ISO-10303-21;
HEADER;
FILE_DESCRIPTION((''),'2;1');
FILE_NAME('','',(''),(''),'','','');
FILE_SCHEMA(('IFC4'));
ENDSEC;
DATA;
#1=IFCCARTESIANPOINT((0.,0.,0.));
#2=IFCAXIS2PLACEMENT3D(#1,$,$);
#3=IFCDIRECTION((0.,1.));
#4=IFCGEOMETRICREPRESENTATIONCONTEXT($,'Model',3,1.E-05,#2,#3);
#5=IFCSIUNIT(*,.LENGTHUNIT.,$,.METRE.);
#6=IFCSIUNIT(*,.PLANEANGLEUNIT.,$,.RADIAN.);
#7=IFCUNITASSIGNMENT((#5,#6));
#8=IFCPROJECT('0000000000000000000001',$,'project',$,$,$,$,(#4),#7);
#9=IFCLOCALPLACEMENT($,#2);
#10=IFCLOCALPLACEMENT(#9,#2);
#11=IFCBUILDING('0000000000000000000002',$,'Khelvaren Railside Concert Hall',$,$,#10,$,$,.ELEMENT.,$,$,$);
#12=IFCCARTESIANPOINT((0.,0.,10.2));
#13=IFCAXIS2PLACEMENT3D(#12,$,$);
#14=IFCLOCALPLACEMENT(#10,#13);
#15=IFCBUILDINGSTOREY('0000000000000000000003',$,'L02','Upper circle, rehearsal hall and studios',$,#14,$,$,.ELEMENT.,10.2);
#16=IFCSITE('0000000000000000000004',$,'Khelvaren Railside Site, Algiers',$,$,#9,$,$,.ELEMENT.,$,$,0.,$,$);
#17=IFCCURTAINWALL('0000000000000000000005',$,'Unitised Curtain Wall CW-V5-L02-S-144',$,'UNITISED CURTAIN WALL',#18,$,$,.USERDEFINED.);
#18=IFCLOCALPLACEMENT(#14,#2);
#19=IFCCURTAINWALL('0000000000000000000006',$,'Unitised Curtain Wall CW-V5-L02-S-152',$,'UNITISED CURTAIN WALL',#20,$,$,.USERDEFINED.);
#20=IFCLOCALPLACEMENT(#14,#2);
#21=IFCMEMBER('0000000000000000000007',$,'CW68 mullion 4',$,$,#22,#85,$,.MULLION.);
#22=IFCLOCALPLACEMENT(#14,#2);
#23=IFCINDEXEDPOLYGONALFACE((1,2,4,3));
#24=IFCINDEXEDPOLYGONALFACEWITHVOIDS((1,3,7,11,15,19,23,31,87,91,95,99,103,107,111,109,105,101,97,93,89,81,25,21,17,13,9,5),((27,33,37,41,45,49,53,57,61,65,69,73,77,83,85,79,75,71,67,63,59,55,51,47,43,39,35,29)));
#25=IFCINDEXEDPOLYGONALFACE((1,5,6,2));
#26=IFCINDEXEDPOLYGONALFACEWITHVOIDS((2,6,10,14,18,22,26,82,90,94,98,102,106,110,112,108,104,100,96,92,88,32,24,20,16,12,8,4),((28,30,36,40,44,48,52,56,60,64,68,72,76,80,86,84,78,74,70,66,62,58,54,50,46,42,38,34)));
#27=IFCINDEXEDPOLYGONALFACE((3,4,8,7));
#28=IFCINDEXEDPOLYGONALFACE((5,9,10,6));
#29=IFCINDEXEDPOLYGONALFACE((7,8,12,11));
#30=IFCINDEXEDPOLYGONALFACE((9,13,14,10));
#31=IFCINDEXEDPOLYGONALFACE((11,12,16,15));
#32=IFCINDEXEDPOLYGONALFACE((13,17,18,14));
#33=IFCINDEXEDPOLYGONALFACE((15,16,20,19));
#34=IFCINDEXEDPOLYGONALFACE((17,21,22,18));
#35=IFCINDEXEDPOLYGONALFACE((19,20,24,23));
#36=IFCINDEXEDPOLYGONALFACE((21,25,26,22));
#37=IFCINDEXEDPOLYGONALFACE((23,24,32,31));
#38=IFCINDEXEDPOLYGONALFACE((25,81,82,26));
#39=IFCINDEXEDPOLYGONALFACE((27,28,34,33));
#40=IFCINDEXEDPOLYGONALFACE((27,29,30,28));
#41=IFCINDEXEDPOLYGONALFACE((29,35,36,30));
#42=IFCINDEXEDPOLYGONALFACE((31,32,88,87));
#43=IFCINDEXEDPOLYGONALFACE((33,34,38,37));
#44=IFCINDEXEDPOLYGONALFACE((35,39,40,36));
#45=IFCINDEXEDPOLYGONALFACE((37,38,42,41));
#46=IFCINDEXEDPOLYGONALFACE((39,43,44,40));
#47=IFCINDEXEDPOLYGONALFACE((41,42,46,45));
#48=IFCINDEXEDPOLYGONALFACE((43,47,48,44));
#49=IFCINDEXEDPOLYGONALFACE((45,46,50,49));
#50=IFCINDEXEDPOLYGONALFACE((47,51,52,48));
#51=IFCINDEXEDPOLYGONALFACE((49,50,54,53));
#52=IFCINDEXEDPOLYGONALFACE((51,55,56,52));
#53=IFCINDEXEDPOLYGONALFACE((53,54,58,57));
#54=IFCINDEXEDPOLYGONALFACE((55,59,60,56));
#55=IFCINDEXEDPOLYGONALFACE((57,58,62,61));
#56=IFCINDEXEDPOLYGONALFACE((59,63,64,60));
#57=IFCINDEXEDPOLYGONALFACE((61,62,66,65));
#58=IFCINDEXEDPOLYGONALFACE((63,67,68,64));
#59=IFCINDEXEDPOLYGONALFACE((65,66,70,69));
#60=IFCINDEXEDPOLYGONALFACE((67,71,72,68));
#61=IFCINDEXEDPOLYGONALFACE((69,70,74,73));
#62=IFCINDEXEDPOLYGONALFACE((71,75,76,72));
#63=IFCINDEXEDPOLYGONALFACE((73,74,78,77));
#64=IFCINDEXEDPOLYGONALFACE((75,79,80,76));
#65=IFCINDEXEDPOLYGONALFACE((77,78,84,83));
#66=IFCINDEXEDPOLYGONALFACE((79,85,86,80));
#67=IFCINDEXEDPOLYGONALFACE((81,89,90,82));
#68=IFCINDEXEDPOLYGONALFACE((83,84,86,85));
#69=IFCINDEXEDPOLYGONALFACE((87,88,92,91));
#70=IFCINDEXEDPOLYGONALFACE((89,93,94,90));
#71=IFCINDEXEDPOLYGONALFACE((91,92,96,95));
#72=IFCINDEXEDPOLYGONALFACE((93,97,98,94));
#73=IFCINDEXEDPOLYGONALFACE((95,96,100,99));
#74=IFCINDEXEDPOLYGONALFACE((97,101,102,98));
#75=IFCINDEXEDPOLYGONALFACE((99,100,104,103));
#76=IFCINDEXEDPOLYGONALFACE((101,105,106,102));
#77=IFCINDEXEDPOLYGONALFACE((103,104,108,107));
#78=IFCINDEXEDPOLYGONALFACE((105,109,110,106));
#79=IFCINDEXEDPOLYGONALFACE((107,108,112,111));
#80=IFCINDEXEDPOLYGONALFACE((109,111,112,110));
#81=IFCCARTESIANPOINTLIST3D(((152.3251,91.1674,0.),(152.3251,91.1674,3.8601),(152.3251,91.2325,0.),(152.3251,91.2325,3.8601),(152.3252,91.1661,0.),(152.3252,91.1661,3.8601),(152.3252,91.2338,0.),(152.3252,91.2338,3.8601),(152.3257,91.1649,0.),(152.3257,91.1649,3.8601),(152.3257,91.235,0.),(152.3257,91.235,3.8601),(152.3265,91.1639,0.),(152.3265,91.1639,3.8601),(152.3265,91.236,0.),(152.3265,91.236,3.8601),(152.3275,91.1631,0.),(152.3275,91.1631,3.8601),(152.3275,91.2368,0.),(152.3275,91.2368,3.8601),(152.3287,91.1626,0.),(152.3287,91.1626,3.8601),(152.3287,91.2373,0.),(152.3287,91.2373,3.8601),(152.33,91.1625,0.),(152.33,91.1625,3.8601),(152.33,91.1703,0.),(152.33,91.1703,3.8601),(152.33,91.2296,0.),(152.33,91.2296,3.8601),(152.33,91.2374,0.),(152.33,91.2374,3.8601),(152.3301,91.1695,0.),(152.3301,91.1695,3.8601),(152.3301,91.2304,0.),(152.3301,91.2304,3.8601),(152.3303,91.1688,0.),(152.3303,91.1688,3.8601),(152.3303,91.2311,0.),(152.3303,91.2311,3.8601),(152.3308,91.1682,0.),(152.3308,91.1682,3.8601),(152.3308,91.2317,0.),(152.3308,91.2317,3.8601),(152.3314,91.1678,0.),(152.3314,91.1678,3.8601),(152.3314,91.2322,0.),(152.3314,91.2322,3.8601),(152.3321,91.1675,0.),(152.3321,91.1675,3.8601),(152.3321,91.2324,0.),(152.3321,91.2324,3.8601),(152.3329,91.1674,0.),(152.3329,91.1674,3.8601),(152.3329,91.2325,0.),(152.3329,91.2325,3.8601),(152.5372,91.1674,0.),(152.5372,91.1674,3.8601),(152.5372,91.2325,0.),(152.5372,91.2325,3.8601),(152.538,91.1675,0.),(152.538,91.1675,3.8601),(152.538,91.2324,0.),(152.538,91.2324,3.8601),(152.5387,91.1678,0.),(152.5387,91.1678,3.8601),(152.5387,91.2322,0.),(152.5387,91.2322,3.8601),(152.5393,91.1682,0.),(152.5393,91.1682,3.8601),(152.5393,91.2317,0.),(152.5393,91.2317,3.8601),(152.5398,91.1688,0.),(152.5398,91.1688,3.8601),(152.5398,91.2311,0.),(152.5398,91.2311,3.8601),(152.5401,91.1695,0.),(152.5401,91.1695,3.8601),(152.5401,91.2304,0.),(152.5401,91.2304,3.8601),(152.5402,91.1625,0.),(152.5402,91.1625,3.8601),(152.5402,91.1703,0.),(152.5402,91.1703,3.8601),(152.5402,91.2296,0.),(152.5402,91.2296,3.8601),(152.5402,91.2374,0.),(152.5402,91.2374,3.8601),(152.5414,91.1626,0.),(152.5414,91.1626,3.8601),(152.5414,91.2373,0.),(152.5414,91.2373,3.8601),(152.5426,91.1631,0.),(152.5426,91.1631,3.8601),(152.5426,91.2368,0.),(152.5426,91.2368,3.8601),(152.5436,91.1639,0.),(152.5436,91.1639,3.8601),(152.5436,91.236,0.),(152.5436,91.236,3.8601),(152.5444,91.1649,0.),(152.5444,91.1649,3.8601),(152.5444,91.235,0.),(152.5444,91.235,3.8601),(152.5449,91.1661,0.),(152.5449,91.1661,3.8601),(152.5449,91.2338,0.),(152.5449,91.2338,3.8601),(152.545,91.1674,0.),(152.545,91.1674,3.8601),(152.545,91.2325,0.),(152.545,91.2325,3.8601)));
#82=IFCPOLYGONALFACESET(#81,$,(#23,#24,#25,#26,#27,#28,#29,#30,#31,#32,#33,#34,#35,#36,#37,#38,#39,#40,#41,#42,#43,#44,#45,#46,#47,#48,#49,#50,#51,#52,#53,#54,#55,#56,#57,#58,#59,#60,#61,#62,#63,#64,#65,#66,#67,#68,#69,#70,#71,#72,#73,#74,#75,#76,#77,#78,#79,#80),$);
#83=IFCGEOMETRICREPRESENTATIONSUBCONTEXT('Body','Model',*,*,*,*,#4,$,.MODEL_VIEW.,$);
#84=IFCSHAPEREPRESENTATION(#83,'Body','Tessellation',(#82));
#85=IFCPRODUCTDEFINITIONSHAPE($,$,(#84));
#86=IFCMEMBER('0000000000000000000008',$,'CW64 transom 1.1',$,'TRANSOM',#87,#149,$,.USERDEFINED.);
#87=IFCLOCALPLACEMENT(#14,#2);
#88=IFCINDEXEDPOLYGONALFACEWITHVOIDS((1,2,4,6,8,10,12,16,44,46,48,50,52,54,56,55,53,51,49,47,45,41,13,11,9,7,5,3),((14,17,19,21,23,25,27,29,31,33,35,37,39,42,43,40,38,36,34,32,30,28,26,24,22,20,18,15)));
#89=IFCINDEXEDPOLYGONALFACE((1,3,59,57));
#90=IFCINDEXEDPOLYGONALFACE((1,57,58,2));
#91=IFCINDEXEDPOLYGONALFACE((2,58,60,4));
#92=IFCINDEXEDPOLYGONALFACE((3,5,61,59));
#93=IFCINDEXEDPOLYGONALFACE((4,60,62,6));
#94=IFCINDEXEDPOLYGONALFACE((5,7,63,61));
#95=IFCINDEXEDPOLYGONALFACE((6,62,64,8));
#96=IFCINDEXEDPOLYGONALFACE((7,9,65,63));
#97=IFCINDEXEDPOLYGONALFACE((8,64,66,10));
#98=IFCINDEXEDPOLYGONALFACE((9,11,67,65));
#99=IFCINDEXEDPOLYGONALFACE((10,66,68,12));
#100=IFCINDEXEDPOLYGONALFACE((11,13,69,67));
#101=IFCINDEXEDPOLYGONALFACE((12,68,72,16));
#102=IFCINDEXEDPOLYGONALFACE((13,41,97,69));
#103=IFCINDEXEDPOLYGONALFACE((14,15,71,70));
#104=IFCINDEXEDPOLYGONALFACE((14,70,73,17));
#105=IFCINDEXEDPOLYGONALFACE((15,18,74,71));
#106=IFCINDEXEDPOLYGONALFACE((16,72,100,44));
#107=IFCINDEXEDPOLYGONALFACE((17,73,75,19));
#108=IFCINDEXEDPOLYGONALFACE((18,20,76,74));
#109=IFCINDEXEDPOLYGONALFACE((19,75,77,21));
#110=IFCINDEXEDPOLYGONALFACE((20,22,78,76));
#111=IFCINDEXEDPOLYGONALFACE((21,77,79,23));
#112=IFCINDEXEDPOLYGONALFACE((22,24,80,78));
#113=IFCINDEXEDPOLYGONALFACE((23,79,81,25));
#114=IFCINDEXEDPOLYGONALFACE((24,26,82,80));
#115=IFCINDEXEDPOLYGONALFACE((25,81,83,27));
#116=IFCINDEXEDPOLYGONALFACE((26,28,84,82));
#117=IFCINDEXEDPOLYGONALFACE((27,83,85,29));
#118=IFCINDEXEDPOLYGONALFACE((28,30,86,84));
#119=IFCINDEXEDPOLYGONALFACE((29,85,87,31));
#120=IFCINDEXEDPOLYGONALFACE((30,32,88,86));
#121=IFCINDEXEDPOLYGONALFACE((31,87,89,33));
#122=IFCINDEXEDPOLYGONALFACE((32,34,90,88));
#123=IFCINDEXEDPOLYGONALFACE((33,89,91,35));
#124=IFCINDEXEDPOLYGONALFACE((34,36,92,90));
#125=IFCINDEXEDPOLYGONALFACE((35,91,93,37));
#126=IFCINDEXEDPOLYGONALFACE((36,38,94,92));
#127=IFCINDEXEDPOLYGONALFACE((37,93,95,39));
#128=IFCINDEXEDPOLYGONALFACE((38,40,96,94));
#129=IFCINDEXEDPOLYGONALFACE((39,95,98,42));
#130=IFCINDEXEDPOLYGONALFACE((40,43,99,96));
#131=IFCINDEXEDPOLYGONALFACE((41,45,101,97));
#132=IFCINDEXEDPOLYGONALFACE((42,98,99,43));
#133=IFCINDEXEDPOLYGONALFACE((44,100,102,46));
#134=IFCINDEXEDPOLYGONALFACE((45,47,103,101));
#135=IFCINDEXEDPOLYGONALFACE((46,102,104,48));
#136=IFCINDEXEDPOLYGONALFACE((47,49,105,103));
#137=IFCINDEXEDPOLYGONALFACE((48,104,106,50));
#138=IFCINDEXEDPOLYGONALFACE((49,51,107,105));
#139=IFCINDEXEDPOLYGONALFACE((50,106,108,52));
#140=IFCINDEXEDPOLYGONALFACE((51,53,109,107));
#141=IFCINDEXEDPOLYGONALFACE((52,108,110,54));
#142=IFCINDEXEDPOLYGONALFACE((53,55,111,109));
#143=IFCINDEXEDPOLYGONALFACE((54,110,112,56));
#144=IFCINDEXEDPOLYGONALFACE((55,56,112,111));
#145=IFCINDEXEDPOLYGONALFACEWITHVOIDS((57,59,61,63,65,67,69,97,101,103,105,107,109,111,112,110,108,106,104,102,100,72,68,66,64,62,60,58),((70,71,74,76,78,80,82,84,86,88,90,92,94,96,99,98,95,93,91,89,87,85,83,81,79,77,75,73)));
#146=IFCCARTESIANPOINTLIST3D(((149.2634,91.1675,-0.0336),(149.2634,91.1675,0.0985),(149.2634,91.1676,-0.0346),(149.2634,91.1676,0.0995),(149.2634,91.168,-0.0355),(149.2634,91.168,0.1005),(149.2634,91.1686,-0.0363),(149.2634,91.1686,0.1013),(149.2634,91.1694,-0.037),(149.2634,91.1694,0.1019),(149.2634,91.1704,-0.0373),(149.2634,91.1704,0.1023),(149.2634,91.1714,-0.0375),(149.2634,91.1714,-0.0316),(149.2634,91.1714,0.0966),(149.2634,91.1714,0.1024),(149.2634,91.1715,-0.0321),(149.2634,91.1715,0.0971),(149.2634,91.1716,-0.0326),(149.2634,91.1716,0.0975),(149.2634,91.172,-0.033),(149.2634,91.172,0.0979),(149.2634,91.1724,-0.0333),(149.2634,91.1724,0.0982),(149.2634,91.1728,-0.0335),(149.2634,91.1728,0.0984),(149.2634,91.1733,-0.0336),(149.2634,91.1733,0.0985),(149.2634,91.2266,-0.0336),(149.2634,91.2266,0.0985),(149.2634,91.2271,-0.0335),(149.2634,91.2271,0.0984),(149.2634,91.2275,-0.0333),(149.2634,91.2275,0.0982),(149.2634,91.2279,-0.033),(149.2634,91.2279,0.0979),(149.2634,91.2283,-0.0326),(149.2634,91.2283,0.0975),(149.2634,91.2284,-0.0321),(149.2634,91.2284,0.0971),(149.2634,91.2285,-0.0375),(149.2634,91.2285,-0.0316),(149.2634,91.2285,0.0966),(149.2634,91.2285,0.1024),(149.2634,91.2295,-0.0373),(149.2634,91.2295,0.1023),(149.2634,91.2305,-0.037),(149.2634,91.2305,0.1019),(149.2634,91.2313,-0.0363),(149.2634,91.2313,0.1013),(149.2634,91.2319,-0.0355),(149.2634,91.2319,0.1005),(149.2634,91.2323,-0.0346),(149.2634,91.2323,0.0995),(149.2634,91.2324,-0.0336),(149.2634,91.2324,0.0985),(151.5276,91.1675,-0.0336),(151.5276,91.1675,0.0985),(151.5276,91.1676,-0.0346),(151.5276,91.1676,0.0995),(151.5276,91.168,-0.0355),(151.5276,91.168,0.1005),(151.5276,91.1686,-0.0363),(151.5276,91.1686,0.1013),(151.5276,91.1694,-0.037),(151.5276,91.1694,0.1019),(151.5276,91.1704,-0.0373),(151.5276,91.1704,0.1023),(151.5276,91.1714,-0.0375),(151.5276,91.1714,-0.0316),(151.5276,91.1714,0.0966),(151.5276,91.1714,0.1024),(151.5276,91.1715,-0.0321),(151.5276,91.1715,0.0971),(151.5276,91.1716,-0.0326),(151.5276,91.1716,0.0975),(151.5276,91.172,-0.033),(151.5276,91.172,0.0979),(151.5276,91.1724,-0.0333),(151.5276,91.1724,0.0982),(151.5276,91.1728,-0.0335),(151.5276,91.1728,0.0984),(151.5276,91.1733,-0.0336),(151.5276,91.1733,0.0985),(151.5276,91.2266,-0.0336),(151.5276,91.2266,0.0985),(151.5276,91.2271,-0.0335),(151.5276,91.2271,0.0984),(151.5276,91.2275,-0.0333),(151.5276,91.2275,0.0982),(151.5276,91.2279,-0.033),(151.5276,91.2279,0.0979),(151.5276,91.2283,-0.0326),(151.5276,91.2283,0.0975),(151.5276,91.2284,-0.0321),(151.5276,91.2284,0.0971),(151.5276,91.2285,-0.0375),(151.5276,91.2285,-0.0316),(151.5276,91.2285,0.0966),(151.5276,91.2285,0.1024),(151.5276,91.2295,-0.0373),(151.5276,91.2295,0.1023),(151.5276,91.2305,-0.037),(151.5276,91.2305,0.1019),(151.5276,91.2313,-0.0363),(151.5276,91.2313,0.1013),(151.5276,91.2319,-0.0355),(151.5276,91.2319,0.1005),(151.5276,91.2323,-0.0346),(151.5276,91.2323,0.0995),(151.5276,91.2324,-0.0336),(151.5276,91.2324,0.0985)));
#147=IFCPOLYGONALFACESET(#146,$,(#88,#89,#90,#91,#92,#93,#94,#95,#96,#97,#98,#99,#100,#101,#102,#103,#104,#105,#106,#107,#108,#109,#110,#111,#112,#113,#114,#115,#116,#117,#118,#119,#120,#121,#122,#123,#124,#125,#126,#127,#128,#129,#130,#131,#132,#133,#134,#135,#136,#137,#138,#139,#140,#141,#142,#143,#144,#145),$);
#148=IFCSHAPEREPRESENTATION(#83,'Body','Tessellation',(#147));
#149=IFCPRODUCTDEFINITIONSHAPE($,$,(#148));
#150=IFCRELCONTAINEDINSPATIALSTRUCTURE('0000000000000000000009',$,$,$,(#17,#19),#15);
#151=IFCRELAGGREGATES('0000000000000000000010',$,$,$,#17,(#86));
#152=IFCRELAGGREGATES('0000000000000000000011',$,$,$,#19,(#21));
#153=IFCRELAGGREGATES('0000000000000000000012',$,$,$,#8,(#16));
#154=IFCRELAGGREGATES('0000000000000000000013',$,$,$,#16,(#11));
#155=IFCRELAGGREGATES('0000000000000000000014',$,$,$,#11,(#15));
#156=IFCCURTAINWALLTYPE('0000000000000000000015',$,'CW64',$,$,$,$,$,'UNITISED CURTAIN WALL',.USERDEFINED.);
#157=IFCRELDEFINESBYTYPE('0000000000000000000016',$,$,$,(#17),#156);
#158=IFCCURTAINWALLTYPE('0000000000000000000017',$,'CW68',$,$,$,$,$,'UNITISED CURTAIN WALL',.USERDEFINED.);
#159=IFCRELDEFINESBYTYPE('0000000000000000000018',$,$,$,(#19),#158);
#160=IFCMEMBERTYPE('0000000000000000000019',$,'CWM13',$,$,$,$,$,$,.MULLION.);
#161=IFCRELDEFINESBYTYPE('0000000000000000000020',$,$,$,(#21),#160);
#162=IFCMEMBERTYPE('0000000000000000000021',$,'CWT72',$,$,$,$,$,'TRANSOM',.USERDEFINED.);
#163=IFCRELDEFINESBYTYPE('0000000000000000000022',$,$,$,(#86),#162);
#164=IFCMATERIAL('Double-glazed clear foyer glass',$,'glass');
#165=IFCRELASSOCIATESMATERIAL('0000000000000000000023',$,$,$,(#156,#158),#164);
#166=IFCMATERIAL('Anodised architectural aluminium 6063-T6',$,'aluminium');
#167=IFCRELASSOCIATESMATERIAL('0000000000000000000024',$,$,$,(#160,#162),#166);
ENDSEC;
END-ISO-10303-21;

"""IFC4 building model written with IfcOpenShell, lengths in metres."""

from ifc_helpers import new_model, si_unit, direction, frame, origin, origin_2d, place, context, subcontext, project, spatial, hollow_rectangle, extrude, material, material_profile, profile_set, type_object, element, aggregate, save


model = new_model("IFC4")

# Units and contexts
model_context = context("Model", 3, precision=1e-05, world=origin(), true_north=direction((0.0, 1.0)))
body_context = subcontext(model_context, "Body", "Model", "MODEL_VIEW")
ifc_project = project(units=[si_unit("LENGTHUNIT", "METRE"), si_unit("PLANEANGLEUNIT", "RADIAN")], contexts=[model_context])

# Site, building, storey
site_placement = place(None, origin())
site = spatial("IfcSite", under=ifc_project, at=site_placement, Name="Khelvaren Railside Site, Algiers", CompositionType="ELEMENT", RefElevation=0.0)
building_placement = place(site_placement, origin())
building = spatial("IfcBuilding", under=site, at=building_placement, Name="Khelvaren Railside Concert Hall", CompositionType="ELEMENT")
storey_placement = place(building_placement, frame((0.0, 0.0, 10.2)))
storey = spatial("IfcBuildingStorey", under=building, at=storey_placement, Name="L02", Description="Upper circle, rehearsal hall and studios", CompositionType="ELEMENT", Elevation=10.2)

# Curtain wall
ifc_material_1 = material(Name="Double-glazed clear foyer glass", Category="glass")
curtain_wall_type_1 = type_object("IfcCurtainWallType", Name="CW64", ElementType="UNITISED CURTAIN WALL", PredefinedType="USERDEFINED", material=ifc_material_1)
curtain_wall_1_placement = place(storey_placement, origin())
curtain_wall_1 = element("IfcCurtainWall", 1, at=curtain_wall_1_placement, inside=storey, type_object=curtain_wall_type_1, Name="Unitised Curtain Wall CW-V5-L02-S-144", ObjectType="UNITISED CURTAIN WALL", PredefinedType="USERDEFINED")
ifc_material_2 = material(Name="Anodised architectural aluminium 6063-T6", Category="aluminium")
ifc_material_profile_1 = material_profile(ifc_material_2, hollow_rectangle(XDim=0.075, YDim=0.22, WallThickness=0.0049, InnerFilletRadius=0.0029, OuterFilletRadius=0.0049, at=origin_2d()), Name="CWM 75x220x5")
ifc_profile_set_1 = profile_set([ifc_material_profile_1], Name="Anodised architectural aluminium 6063-T6")
member_type_1 = type_object("IfcMemberType", Name="CWM13", PredefinedType="MULLION", material=ifc_profile_set_1)

# Curtain wall, member
curtain_wall_type_2 = type_object("IfcCurtainWallType", Name="CW68", ElementType="UNITISED CURTAIN WALL", PredefinedType="USERDEFINED", material=ifc_material_1)
curtain_wall_2_placement = place(storey_placement, origin())
curtain_wall_2 = element("IfcCurtainWall", 2, at=curtain_wall_2_placement, inside=storey, type_object=curtain_wall_type_2, Name="Unitised Curtain Wall CW-V5-L02-S-152", ObjectType="UNITISED CURTAIN WALL", PredefinedType="USERDEFINED")
member_1_placement = place(storey_placement, frame((152.4351, 91.2, 0.0), z_axis=(0.0, 0.0, 1.0), x_axis=(0.0, -1.0, 0.0)))
member_1 = element("IfcMember", 3, at=member_1_placement, type_object=member_type_1, Name="CW68 mullion 4", PredefinedType="MULLION", context=body_context, shape_type="SweptSolid", body=[
    extrude(hollow_rectangle(XDim=0.075, YDim=0.22, WallThickness=0.0049, InnerFilletRadius=0.0029, OuterFilletRadius=0.0049, at=origin_2d()), origin(), (0.0, 0.0, 1.0), 3.8601),
])

# Member
ifc_material_profile_2 = material_profile(ifc_material_2, hollow_rectangle(XDim=0.0649, YDim=0.1399, WallThickness=0.0039, InnerFilletRadius=0.002, OuterFilletRadius=0.0039, at=origin_2d()), Name="CWT 65x140x4")
ifc_profile_set_2 = profile_set([ifc_material_profile_2], Name="Anodised architectural aluminium 6063-T6")
member_type_2 = type_object("IfcMemberType", Name="CWT72", ElementType="TRANSOM", PredefinedType="USERDEFINED", material=ifc_profile_set_2)
member_2_placement = place(storey_placement, frame((151.5276, 91.2, 0.0325), z_axis=(-1.0, 0.0, 0.0), x_axis=(0.0, -1.0, 0.0)))
member_2 = element("IfcMember", 4, at=member_2_placement, type_object=member_type_2, Name="CW64 transom 1.1", ObjectType="TRANSOM", PredefinedType="USERDEFINED", context=body_context, shape_type="SweptSolid", body=[
    extrude(hollow_rectangle(XDim=0.0649, YDim=0.1399, WallThickness=0.0039, InnerFilletRadius=0.002, OuterFilletRadius=0.0039, at=origin_2d()), origin(), (0.0, 0.0, 1.0), 2.2642),
])

aggregate(curtain_wall_1, [member_2])
aggregate(curtain_wall_2, [member_1])

save(model, "model.ifc")
